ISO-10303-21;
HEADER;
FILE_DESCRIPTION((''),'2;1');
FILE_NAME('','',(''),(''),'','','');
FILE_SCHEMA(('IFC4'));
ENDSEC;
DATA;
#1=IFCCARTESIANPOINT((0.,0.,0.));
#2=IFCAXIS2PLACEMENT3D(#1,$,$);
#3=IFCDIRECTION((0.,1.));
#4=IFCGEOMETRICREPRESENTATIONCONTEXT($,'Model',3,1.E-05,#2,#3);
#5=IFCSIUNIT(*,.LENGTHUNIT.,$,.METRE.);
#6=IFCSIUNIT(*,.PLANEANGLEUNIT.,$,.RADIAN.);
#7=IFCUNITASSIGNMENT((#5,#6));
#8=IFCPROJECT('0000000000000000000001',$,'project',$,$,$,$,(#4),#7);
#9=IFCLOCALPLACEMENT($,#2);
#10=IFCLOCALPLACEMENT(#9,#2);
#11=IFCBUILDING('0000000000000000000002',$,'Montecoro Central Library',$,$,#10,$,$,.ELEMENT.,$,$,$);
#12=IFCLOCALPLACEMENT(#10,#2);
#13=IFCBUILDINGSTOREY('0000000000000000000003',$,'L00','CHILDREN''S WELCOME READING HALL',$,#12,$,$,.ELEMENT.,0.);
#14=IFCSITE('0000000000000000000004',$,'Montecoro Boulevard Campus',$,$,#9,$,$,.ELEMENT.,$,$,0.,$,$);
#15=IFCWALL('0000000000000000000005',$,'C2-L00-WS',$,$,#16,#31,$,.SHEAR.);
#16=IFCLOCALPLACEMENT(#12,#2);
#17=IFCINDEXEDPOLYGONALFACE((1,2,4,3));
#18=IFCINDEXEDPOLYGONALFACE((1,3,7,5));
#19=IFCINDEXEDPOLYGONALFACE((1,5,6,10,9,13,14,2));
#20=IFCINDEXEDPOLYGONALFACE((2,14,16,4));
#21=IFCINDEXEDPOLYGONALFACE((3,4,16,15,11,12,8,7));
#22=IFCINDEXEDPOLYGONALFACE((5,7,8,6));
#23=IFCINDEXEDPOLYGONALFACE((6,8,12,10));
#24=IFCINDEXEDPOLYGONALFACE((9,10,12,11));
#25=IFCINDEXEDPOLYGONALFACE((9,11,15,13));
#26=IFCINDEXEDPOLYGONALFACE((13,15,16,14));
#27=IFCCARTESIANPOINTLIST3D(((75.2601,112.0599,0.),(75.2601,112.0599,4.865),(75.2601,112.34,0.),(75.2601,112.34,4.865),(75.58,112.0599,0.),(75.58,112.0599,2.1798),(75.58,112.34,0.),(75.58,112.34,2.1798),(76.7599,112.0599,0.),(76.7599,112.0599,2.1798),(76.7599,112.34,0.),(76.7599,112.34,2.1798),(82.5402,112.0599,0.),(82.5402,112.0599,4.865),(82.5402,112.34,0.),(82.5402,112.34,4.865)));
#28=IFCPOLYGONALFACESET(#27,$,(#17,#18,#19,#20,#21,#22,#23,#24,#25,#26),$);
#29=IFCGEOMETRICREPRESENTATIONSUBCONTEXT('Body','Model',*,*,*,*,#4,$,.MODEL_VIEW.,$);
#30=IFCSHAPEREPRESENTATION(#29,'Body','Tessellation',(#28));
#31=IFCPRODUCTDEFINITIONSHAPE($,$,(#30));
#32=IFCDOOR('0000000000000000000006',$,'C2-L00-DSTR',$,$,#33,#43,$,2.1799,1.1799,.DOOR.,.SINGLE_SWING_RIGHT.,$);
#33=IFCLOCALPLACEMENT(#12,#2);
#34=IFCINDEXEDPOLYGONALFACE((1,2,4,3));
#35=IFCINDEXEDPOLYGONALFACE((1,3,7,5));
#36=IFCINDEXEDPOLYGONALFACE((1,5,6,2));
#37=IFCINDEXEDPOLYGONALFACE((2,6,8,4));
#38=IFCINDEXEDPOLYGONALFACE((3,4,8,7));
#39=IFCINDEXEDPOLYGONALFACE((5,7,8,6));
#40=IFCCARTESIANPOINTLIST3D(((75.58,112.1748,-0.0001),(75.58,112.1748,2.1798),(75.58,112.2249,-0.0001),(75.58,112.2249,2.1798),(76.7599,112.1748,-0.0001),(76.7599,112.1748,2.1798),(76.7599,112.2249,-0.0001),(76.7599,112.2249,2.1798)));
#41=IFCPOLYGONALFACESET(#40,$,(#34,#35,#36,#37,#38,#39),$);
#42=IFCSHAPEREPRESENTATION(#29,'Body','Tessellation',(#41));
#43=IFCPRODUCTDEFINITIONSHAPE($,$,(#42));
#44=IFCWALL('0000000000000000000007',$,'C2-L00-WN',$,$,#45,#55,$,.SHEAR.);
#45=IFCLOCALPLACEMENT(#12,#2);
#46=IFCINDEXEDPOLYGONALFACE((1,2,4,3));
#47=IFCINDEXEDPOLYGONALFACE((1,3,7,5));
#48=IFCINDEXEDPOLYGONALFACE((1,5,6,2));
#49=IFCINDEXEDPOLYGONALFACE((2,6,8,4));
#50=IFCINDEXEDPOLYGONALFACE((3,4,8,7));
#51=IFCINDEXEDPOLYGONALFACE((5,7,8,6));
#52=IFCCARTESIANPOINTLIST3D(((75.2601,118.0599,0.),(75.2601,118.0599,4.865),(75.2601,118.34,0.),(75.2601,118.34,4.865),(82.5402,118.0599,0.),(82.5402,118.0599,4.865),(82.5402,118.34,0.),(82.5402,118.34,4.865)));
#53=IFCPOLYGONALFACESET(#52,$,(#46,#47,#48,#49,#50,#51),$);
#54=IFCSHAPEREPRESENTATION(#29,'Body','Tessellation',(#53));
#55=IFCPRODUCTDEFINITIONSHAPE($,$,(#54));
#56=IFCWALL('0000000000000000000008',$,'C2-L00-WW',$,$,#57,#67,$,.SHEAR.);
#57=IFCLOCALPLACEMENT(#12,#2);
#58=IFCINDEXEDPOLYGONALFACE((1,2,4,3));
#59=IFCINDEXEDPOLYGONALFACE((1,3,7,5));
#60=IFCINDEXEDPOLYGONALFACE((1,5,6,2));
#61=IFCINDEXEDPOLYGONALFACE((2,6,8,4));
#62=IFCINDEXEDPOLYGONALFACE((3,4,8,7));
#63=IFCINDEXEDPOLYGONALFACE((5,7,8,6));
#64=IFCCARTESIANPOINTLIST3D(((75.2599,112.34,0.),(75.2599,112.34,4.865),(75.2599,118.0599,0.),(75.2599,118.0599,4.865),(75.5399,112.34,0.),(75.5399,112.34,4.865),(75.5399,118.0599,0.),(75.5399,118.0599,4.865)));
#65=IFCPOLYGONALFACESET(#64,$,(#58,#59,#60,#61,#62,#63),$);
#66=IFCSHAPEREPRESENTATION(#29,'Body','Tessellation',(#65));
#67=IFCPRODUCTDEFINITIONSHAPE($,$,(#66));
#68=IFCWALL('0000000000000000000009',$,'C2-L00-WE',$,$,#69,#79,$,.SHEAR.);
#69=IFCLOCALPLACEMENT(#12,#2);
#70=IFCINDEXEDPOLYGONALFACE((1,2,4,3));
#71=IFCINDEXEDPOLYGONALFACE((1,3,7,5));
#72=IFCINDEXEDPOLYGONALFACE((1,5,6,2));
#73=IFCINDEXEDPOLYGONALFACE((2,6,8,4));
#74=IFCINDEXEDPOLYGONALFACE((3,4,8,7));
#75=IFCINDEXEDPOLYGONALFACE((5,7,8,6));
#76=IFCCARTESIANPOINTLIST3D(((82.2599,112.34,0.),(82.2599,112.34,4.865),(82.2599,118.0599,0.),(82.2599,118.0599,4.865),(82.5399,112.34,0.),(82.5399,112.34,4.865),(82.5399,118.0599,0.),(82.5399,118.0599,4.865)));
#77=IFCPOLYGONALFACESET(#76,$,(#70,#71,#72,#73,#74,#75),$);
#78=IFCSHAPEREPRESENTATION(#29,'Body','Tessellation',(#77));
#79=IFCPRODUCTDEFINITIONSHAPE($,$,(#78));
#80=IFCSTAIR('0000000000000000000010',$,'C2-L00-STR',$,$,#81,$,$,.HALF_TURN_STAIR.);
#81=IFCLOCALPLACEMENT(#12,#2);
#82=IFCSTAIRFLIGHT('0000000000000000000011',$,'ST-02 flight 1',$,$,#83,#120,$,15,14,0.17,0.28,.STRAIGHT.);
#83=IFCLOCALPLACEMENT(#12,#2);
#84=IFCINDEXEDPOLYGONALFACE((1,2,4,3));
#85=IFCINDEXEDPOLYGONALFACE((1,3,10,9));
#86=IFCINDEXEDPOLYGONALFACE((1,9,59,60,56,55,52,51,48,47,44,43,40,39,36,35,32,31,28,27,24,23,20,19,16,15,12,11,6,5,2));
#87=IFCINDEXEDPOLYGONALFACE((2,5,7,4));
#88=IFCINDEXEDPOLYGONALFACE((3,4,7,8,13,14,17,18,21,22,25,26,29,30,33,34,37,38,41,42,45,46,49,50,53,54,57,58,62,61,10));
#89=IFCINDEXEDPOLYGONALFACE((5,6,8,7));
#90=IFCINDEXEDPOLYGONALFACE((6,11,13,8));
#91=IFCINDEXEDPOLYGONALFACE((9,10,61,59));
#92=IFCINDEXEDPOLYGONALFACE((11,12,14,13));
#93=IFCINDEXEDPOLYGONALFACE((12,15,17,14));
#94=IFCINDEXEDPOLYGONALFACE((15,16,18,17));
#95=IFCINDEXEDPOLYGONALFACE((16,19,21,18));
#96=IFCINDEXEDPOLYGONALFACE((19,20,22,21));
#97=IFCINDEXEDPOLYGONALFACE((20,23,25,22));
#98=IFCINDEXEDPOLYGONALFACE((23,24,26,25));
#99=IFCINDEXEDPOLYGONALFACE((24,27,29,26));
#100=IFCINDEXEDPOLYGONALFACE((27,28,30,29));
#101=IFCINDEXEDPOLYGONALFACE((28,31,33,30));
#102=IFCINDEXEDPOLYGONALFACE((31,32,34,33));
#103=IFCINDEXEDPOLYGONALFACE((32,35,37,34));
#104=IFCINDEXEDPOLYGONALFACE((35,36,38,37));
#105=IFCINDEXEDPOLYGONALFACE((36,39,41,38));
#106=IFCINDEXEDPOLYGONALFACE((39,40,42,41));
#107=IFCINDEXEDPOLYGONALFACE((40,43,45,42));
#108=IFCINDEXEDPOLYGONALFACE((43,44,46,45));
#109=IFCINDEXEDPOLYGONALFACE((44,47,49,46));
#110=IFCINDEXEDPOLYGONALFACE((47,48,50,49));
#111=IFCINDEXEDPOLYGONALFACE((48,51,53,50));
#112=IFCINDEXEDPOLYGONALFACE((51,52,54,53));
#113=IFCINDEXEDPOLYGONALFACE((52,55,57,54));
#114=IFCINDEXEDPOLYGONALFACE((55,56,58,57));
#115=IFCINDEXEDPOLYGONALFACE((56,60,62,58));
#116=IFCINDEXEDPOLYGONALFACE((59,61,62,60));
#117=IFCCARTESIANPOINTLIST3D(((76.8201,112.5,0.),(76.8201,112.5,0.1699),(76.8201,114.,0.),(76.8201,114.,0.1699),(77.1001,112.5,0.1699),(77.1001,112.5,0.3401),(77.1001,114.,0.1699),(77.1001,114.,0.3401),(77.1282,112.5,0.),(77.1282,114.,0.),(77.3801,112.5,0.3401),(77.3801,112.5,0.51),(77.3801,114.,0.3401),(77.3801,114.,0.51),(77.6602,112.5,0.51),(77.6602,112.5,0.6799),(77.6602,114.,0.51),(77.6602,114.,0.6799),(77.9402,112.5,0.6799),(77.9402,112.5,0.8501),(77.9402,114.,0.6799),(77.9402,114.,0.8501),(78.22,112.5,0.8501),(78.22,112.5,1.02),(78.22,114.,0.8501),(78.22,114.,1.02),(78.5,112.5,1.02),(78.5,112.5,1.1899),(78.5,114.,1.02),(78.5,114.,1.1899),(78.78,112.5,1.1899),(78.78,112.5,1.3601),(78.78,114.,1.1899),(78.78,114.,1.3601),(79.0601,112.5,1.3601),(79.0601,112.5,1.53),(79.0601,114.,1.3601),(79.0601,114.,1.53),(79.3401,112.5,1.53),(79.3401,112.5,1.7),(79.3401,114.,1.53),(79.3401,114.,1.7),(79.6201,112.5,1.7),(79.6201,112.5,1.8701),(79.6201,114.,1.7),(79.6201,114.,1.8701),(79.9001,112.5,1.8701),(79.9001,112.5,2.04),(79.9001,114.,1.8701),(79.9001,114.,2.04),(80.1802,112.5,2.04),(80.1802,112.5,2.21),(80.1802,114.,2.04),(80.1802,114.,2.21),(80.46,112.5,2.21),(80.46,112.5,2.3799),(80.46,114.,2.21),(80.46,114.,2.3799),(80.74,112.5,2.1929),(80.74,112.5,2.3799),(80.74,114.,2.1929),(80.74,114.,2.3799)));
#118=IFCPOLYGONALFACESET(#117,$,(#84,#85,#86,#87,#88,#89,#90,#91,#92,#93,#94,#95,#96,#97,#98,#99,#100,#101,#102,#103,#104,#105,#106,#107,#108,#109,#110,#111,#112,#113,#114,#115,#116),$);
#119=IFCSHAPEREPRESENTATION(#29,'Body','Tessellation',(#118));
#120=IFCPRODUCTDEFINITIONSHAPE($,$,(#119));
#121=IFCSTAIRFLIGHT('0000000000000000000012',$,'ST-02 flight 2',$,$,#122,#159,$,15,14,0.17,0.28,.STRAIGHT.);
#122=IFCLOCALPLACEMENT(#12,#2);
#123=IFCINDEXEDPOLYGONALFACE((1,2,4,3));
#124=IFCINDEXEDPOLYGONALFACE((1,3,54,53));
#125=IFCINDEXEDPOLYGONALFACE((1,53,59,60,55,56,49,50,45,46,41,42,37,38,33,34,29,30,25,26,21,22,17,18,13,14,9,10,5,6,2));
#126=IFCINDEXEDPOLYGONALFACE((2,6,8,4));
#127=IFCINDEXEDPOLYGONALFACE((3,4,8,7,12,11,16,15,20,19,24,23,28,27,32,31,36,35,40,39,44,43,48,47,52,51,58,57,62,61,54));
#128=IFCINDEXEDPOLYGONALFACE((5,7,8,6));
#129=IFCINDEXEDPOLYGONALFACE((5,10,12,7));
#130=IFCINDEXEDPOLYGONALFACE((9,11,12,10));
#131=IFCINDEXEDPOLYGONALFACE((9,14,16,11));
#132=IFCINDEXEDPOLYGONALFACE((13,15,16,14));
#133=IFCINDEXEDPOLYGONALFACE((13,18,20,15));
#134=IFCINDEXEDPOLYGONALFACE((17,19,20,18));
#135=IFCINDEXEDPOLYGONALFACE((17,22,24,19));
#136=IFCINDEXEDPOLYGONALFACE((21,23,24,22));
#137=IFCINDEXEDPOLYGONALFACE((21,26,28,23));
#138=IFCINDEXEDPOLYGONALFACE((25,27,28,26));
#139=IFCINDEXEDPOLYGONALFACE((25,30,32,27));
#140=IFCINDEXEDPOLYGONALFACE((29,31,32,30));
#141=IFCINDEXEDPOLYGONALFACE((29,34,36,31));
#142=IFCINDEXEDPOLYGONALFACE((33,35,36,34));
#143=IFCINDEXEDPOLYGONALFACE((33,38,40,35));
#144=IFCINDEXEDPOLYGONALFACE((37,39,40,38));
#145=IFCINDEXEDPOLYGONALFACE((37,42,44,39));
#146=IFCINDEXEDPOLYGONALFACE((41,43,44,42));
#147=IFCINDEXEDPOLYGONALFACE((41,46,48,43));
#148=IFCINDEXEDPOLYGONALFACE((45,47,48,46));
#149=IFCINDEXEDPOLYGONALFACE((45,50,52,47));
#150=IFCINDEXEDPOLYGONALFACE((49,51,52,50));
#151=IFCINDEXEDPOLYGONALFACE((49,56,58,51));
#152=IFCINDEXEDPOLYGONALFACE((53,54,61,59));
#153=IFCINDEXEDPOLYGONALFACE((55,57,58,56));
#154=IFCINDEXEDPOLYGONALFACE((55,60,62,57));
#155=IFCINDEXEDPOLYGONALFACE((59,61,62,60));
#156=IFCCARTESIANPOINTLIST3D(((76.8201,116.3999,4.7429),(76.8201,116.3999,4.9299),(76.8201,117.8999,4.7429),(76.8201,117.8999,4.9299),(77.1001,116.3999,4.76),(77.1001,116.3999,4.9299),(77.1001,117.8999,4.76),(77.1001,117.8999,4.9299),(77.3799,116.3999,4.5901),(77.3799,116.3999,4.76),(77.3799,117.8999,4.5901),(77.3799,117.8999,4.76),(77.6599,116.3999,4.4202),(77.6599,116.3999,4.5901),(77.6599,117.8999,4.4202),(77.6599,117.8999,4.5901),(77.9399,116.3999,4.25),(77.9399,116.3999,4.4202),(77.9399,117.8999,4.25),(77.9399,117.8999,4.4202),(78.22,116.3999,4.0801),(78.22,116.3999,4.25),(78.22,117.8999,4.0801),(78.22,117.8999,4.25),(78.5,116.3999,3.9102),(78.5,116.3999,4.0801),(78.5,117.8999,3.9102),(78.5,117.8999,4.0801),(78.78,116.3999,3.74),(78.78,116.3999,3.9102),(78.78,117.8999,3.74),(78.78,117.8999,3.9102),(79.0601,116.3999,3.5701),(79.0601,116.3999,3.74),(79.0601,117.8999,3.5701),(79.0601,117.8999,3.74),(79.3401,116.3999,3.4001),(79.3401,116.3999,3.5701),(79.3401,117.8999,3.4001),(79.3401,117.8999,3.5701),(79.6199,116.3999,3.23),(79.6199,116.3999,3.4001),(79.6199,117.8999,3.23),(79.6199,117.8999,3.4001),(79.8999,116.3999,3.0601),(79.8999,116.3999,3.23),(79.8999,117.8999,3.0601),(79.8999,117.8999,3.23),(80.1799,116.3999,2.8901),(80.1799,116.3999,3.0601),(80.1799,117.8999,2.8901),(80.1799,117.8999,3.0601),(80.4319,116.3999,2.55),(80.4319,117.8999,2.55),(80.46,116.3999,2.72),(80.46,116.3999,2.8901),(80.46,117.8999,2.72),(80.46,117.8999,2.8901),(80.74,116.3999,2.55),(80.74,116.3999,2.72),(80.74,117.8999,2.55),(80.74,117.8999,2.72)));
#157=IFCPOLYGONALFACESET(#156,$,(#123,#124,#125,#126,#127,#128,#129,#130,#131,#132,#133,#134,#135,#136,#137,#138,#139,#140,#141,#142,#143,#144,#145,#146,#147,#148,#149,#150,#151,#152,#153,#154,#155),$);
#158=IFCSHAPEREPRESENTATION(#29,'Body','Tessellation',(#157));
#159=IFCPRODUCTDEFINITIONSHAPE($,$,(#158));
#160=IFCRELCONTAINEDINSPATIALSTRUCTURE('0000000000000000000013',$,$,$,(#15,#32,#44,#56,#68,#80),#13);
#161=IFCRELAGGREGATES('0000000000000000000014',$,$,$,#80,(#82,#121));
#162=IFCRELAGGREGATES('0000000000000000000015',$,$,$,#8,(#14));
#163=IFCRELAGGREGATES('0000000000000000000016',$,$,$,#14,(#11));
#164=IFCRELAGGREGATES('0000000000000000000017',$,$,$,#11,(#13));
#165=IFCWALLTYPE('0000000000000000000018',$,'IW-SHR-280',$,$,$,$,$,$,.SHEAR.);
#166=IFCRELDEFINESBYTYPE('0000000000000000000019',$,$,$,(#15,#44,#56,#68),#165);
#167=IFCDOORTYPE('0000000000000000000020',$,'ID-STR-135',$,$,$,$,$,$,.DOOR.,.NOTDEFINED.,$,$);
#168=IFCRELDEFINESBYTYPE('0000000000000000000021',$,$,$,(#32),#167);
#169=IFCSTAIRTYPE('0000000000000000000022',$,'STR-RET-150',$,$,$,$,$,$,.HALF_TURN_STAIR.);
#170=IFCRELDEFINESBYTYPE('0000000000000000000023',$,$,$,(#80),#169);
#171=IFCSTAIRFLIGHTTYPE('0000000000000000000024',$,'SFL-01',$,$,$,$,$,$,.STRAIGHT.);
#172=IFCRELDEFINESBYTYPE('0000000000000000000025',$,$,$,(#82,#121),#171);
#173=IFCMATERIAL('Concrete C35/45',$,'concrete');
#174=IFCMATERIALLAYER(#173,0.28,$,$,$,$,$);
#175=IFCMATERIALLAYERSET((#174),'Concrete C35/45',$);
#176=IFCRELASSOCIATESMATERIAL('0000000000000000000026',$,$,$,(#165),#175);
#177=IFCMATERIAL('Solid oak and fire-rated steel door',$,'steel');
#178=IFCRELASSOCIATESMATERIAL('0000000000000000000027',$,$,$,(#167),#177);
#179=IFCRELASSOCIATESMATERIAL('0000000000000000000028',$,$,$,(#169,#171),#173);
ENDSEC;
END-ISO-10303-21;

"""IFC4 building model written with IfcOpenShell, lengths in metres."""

from ifc_helpers import new_model, si_unit, direction, frame, frame_2d, origin, place, context, subcontext, project, spatial, polyline, rectangle, outline, extrude, material, layer, layer_set, type_object, element, fill, aggregate, save


model = new_model("IFC4")

# Units and contexts
model_context = context("Model", 3, precision=1e-05, world=origin(), true_north=direction((0.0, 1.0)))
body_context = subcontext(model_context, "Body", "Model", "MODEL_VIEW")
ifc_project = project(units=[si_unit("LENGTHUNIT", "METRE"), si_unit("PLANEANGLEUNIT", "RADIAN")], contexts=[model_context])

# Site, building, storey
site_placement = place(None, origin())
site = spatial("IfcSite", under=ifc_project, at=site_placement, Name="Montecoro Boulevard Campus", CompositionType="ELEMENT", RefElevation=0.0)
building_placement = place(site_placement, origin())
building = spatial("IfcBuilding", under=site, at=building_placement, Name="Montecoro Central Library", CompositionType="ELEMENT")
storey_placement = place(building_placement, origin())
storey = spatial("IfcBuildingStorey", under=building, at=storey_placement, Name="L00", Description="CHILDREN'S WELCOME READING HALL", CompositionType="ELEMENT", Elevation=0.0)

# Shared definitions
ifc_material_1 = material(Name="Concrete C35/45", Category="concrete")

# Wall, opening, door
ifc_layer_1 = layer(ifc_material_1, 0.28)
ifc_layer_set_1 = layer_set([ifc_layer_1], Name="Concrete C35/45")
wall_type_1 = type_object("IfcWallType", Name="IW-SHR-280", PredefinedType="SHEAR", material=ifc_layer_set_1)
ifc_material_2 = material(Name="Solid oak and fire-rated steel door", Category="steel")
wall_1_placement = place(storey_placement, frame((75.26, 112.2, 0.0), z_axis=(0.0, 0.0, 1.0), x_axis=(1.0, 0.0, 0.0)))
wall_1 = element("IfcWall", 1, at=wall_1_placement, inside=storey, type_object=wall_type_1, Name="C2-L00-WS", PredefinedType="SHEAR", context=body_context, shape_type="SweptSolid", body=[
    extrude(rectangle(XDim=7.28, YDim=0.28, at=frame_2d((3.6401, 0.0))), origin(), (0.0, 0.0, 1.0), 4.865),
])
opening_1_placement = place(wall_1_placement, frame((0.3201, 0.0, 0.0)))
opening_1 = element("IfcOpeningElement", 2, at=opening_1_placement, cuts=wall_1, PredefinedType="OPENING", context=body_context, shape_type="SweptSolid", body=[
    extrude(rectangle(XDim=1.1799, YDim=2.1799, at=frame_2d((0.5898, 1.0898))), frame((0.0, 0.1499, 0.0), z_axis=(0.0, -1.0, 0.0), x_axis=(1.0, 0.0, 0.0)), (0.0, 0.0, 1.0), 0.3),
])
door_type_1 = type_object("IfcDoorType", Name="ID-STR-135", OperationType="NOTDEFINED", PredefinedType="DOOR", material=ifc_material_2)
door_1_placement = place(opening_1_placement, origin())
door_1 = element("IfcDoor", 3, at=door_1_placement, inside=storey, type_object=door_type_1, Name="C2-L00-DSTR", OperationType="SINGLE_SWING_RIGHT", OverallHeight=2.1799, OverallWidth=1.1799, PredefinedType="DOOR", context=body_context, shape_type="SweptSolid", body=[
    extrude(rectangle(XDim=1.1799, YDim=2.1799, at=frame_2d((0.5898, 1.0898))), frame((0.0, 0.0249, 0.0), z_axis=(0.0, -1.0, 0.0), x_axis=(1.0, 0.0, 0.0)), (0.0, 0.0, 1.0), 0.05),
])
fill(opening_1, door_1)

# Walls
wall_2_placement = place(storey_placement, frame((75.26, 118.2, 0.0), z_axis=(0.0, 0.0, 1.0), x_axis=(1.0, 0.0, 0.0)))
element("IfcWall", 4, at=wall_2_placement, inside=storey, type_object=wall_type_1, Name="C2-L00-WN", PredefinedType="SHEAR", context=body_context, shape_type="SweptSolid", body=[
    extrude(rectangle(XDim=7.28, YDim=0.28, at=frame_2d((3.6401, 0.0))), origin(), (0.0, 0.0, 1.0), 4.865),
])
for number, where, z_axis, x_axis, name in (
    (5, (75.3999, 112.3401, 0.0), (0.0, 0.0, 1.0), (0.0, 1.0, 0.0), "C2-L00-WW"),
    (6, (82.3999, 112.3401, 0.0), (0.0, 0.0, 1.0), (0.0, 1.0, 0.0), "C2-L00-WE"),
):
    element("IfcWall", number, at=place(storey_placement, frame(where, z_axis=z_axis, x_axis=x_axis)), inside=storey, type_object=wall_type_1, Name=name, PredefinedType="SHEAR", context=body_context, shape_type="SweptSolid", body=[
        extrude(rectangle(XDim=5.72, YDim=0.28, at=frame_2d((2.8599, 0.0))), origin(), (0.0, 0.0, 1.0), 4.865),
    ])

# Stair, stair flights
stair_type = type_object("IfcStairType", Name="STR-RET-150", PredefinedType="HALF_TURN_STAIR", material=ifc_material_1)
stair_placement = place(storey_placement, origin())
stair = element("IfcStair", 7, at=stair_placement, inside=storey, type_object=stair_type, Name="C2-L00-STR", PredefinedType="HALF_TURN_STAIR")
stair_flight_type = type_object("IfcStairFlightType", Name="SFL-01", PredefinedType="STRAIGHT", material=ifc_material_1)
stair_flight_1_placement = place(storey_placement, frame((76.8201, 113.25, 0.0), z_axis=(0.0, 0.0, 1.0), x_axis=(1.0, 0.0, 0.0)))
stair_flight_1 = element("IfcStairFlight", 8, at=stair_flight_1_placement, type_object=stair_flight_type, Name="ST-02 flight 1", NumberOfRisers=15, NumberOfTreads=14, PredefinedType="STRAIGHT", RiserHeight=0.17, TreadLength=0.28, context=body_context, shape_type="SweptSolid", body=[
    extrude(outline(polyline([(0.0, 0.0), (0.0, 0.1699), (0.28, 0.1699), (0.28, 0.3401), (0.5601, 0.3401), (0.5601, 0.51), (0.8401, 0.51), (0.8401, 0.6799), (1.1201, 0.6799), (1.1201, 0.8501), (1.3999, 0.8501), (1.3999, 1.02), (1.6799, 1.02), (1.6799, 1.1899), (1.96, 1.1899), (1.96, 1.3601), (2.24, 1.3601), (2.24, 1.53), (2.52, 1.53), (2.52, 1.7), (2.8, 1.7), (2.8, 1.8701), (3.0801, 1.8701), (3.0801, 2.04), (3.3601, 2.04), (3.3601, 2.21), (3.6399, 2.21), (3.6399, 2.3799), (3.9199, 2.3799), (3.9199, 2.55), (3.9199, 2.1929), (0.3081, 0.0), (0.0, 0.0)])), frame((0.0, 0.75, 0.0), z_axis=(0.0, -1.0, 0.0), x_axis=(1.0, 0.0, 0.0)), (0.0, 0.0, 1.0), 1.5),
])
stair_flight_2_placement = place(storey_placement, frame((80.74, 117.1499, 2.55), z_axis=(0.0, 0.0, 1.0), x_axis=(-1.0, 0.0, 0.0)))
stair_flight_2 = element("IfcStairFlight", 9, at=stair_flight_2_placement, type_object=stair_flight_type, Name="ST-02 flight 2", NumberOfRisers=15, NumberOfTreads=14, PredefinedType="STRAIGHT", RiserHeight=0.17, TreadLength=0.28, context=body_context, shape_type="SweptSolid", body=[
    extrude(outline(polyline([(0.0, 0.0), (0.0, 0.1699), (0.28, 0.1699), (0.28, 0.3401), (0.5601, 0.3401), (0.5601, 0.51), (0.8401, 0.51), (0.8401, 0.6799), (1.1201, 0.6799), (1.1201, 0.8501), (1.3999, 0.8501), (1.3999, 1.02), (1.6799, 1.02), (1.6799, 1.1899), (1.96, 1.1899), (1.96, 1.3601), (2.24, 1.3601), (2.24, 1.53), (2.52, 1.53), (2.52, 1.7), (2.8, 1.7), (2.8, 1.8701), (3.0801, 1.8701), (3.0801, 2.04), (3.3601, 2.04), (3.3601, 2.21), (3.6399, 2.21), (3.6399, 2.3799), (3.9199, 2.3799), (3.9199, 2.55), (3.9199, 2.1929), (0.3081, 0.0), (0.0, 0.0)])), frame((0.0, 0.75, 0.0), z_axis=(0.0, -1.0, 0.0), x_axis=(1.0, 0.0, 0.0)), (0.0, 0.0, 1.0), 1.5),
])
aggregate(stair, [stair_flight_1, stair_flight_2])

save(model, "model.ifc")
